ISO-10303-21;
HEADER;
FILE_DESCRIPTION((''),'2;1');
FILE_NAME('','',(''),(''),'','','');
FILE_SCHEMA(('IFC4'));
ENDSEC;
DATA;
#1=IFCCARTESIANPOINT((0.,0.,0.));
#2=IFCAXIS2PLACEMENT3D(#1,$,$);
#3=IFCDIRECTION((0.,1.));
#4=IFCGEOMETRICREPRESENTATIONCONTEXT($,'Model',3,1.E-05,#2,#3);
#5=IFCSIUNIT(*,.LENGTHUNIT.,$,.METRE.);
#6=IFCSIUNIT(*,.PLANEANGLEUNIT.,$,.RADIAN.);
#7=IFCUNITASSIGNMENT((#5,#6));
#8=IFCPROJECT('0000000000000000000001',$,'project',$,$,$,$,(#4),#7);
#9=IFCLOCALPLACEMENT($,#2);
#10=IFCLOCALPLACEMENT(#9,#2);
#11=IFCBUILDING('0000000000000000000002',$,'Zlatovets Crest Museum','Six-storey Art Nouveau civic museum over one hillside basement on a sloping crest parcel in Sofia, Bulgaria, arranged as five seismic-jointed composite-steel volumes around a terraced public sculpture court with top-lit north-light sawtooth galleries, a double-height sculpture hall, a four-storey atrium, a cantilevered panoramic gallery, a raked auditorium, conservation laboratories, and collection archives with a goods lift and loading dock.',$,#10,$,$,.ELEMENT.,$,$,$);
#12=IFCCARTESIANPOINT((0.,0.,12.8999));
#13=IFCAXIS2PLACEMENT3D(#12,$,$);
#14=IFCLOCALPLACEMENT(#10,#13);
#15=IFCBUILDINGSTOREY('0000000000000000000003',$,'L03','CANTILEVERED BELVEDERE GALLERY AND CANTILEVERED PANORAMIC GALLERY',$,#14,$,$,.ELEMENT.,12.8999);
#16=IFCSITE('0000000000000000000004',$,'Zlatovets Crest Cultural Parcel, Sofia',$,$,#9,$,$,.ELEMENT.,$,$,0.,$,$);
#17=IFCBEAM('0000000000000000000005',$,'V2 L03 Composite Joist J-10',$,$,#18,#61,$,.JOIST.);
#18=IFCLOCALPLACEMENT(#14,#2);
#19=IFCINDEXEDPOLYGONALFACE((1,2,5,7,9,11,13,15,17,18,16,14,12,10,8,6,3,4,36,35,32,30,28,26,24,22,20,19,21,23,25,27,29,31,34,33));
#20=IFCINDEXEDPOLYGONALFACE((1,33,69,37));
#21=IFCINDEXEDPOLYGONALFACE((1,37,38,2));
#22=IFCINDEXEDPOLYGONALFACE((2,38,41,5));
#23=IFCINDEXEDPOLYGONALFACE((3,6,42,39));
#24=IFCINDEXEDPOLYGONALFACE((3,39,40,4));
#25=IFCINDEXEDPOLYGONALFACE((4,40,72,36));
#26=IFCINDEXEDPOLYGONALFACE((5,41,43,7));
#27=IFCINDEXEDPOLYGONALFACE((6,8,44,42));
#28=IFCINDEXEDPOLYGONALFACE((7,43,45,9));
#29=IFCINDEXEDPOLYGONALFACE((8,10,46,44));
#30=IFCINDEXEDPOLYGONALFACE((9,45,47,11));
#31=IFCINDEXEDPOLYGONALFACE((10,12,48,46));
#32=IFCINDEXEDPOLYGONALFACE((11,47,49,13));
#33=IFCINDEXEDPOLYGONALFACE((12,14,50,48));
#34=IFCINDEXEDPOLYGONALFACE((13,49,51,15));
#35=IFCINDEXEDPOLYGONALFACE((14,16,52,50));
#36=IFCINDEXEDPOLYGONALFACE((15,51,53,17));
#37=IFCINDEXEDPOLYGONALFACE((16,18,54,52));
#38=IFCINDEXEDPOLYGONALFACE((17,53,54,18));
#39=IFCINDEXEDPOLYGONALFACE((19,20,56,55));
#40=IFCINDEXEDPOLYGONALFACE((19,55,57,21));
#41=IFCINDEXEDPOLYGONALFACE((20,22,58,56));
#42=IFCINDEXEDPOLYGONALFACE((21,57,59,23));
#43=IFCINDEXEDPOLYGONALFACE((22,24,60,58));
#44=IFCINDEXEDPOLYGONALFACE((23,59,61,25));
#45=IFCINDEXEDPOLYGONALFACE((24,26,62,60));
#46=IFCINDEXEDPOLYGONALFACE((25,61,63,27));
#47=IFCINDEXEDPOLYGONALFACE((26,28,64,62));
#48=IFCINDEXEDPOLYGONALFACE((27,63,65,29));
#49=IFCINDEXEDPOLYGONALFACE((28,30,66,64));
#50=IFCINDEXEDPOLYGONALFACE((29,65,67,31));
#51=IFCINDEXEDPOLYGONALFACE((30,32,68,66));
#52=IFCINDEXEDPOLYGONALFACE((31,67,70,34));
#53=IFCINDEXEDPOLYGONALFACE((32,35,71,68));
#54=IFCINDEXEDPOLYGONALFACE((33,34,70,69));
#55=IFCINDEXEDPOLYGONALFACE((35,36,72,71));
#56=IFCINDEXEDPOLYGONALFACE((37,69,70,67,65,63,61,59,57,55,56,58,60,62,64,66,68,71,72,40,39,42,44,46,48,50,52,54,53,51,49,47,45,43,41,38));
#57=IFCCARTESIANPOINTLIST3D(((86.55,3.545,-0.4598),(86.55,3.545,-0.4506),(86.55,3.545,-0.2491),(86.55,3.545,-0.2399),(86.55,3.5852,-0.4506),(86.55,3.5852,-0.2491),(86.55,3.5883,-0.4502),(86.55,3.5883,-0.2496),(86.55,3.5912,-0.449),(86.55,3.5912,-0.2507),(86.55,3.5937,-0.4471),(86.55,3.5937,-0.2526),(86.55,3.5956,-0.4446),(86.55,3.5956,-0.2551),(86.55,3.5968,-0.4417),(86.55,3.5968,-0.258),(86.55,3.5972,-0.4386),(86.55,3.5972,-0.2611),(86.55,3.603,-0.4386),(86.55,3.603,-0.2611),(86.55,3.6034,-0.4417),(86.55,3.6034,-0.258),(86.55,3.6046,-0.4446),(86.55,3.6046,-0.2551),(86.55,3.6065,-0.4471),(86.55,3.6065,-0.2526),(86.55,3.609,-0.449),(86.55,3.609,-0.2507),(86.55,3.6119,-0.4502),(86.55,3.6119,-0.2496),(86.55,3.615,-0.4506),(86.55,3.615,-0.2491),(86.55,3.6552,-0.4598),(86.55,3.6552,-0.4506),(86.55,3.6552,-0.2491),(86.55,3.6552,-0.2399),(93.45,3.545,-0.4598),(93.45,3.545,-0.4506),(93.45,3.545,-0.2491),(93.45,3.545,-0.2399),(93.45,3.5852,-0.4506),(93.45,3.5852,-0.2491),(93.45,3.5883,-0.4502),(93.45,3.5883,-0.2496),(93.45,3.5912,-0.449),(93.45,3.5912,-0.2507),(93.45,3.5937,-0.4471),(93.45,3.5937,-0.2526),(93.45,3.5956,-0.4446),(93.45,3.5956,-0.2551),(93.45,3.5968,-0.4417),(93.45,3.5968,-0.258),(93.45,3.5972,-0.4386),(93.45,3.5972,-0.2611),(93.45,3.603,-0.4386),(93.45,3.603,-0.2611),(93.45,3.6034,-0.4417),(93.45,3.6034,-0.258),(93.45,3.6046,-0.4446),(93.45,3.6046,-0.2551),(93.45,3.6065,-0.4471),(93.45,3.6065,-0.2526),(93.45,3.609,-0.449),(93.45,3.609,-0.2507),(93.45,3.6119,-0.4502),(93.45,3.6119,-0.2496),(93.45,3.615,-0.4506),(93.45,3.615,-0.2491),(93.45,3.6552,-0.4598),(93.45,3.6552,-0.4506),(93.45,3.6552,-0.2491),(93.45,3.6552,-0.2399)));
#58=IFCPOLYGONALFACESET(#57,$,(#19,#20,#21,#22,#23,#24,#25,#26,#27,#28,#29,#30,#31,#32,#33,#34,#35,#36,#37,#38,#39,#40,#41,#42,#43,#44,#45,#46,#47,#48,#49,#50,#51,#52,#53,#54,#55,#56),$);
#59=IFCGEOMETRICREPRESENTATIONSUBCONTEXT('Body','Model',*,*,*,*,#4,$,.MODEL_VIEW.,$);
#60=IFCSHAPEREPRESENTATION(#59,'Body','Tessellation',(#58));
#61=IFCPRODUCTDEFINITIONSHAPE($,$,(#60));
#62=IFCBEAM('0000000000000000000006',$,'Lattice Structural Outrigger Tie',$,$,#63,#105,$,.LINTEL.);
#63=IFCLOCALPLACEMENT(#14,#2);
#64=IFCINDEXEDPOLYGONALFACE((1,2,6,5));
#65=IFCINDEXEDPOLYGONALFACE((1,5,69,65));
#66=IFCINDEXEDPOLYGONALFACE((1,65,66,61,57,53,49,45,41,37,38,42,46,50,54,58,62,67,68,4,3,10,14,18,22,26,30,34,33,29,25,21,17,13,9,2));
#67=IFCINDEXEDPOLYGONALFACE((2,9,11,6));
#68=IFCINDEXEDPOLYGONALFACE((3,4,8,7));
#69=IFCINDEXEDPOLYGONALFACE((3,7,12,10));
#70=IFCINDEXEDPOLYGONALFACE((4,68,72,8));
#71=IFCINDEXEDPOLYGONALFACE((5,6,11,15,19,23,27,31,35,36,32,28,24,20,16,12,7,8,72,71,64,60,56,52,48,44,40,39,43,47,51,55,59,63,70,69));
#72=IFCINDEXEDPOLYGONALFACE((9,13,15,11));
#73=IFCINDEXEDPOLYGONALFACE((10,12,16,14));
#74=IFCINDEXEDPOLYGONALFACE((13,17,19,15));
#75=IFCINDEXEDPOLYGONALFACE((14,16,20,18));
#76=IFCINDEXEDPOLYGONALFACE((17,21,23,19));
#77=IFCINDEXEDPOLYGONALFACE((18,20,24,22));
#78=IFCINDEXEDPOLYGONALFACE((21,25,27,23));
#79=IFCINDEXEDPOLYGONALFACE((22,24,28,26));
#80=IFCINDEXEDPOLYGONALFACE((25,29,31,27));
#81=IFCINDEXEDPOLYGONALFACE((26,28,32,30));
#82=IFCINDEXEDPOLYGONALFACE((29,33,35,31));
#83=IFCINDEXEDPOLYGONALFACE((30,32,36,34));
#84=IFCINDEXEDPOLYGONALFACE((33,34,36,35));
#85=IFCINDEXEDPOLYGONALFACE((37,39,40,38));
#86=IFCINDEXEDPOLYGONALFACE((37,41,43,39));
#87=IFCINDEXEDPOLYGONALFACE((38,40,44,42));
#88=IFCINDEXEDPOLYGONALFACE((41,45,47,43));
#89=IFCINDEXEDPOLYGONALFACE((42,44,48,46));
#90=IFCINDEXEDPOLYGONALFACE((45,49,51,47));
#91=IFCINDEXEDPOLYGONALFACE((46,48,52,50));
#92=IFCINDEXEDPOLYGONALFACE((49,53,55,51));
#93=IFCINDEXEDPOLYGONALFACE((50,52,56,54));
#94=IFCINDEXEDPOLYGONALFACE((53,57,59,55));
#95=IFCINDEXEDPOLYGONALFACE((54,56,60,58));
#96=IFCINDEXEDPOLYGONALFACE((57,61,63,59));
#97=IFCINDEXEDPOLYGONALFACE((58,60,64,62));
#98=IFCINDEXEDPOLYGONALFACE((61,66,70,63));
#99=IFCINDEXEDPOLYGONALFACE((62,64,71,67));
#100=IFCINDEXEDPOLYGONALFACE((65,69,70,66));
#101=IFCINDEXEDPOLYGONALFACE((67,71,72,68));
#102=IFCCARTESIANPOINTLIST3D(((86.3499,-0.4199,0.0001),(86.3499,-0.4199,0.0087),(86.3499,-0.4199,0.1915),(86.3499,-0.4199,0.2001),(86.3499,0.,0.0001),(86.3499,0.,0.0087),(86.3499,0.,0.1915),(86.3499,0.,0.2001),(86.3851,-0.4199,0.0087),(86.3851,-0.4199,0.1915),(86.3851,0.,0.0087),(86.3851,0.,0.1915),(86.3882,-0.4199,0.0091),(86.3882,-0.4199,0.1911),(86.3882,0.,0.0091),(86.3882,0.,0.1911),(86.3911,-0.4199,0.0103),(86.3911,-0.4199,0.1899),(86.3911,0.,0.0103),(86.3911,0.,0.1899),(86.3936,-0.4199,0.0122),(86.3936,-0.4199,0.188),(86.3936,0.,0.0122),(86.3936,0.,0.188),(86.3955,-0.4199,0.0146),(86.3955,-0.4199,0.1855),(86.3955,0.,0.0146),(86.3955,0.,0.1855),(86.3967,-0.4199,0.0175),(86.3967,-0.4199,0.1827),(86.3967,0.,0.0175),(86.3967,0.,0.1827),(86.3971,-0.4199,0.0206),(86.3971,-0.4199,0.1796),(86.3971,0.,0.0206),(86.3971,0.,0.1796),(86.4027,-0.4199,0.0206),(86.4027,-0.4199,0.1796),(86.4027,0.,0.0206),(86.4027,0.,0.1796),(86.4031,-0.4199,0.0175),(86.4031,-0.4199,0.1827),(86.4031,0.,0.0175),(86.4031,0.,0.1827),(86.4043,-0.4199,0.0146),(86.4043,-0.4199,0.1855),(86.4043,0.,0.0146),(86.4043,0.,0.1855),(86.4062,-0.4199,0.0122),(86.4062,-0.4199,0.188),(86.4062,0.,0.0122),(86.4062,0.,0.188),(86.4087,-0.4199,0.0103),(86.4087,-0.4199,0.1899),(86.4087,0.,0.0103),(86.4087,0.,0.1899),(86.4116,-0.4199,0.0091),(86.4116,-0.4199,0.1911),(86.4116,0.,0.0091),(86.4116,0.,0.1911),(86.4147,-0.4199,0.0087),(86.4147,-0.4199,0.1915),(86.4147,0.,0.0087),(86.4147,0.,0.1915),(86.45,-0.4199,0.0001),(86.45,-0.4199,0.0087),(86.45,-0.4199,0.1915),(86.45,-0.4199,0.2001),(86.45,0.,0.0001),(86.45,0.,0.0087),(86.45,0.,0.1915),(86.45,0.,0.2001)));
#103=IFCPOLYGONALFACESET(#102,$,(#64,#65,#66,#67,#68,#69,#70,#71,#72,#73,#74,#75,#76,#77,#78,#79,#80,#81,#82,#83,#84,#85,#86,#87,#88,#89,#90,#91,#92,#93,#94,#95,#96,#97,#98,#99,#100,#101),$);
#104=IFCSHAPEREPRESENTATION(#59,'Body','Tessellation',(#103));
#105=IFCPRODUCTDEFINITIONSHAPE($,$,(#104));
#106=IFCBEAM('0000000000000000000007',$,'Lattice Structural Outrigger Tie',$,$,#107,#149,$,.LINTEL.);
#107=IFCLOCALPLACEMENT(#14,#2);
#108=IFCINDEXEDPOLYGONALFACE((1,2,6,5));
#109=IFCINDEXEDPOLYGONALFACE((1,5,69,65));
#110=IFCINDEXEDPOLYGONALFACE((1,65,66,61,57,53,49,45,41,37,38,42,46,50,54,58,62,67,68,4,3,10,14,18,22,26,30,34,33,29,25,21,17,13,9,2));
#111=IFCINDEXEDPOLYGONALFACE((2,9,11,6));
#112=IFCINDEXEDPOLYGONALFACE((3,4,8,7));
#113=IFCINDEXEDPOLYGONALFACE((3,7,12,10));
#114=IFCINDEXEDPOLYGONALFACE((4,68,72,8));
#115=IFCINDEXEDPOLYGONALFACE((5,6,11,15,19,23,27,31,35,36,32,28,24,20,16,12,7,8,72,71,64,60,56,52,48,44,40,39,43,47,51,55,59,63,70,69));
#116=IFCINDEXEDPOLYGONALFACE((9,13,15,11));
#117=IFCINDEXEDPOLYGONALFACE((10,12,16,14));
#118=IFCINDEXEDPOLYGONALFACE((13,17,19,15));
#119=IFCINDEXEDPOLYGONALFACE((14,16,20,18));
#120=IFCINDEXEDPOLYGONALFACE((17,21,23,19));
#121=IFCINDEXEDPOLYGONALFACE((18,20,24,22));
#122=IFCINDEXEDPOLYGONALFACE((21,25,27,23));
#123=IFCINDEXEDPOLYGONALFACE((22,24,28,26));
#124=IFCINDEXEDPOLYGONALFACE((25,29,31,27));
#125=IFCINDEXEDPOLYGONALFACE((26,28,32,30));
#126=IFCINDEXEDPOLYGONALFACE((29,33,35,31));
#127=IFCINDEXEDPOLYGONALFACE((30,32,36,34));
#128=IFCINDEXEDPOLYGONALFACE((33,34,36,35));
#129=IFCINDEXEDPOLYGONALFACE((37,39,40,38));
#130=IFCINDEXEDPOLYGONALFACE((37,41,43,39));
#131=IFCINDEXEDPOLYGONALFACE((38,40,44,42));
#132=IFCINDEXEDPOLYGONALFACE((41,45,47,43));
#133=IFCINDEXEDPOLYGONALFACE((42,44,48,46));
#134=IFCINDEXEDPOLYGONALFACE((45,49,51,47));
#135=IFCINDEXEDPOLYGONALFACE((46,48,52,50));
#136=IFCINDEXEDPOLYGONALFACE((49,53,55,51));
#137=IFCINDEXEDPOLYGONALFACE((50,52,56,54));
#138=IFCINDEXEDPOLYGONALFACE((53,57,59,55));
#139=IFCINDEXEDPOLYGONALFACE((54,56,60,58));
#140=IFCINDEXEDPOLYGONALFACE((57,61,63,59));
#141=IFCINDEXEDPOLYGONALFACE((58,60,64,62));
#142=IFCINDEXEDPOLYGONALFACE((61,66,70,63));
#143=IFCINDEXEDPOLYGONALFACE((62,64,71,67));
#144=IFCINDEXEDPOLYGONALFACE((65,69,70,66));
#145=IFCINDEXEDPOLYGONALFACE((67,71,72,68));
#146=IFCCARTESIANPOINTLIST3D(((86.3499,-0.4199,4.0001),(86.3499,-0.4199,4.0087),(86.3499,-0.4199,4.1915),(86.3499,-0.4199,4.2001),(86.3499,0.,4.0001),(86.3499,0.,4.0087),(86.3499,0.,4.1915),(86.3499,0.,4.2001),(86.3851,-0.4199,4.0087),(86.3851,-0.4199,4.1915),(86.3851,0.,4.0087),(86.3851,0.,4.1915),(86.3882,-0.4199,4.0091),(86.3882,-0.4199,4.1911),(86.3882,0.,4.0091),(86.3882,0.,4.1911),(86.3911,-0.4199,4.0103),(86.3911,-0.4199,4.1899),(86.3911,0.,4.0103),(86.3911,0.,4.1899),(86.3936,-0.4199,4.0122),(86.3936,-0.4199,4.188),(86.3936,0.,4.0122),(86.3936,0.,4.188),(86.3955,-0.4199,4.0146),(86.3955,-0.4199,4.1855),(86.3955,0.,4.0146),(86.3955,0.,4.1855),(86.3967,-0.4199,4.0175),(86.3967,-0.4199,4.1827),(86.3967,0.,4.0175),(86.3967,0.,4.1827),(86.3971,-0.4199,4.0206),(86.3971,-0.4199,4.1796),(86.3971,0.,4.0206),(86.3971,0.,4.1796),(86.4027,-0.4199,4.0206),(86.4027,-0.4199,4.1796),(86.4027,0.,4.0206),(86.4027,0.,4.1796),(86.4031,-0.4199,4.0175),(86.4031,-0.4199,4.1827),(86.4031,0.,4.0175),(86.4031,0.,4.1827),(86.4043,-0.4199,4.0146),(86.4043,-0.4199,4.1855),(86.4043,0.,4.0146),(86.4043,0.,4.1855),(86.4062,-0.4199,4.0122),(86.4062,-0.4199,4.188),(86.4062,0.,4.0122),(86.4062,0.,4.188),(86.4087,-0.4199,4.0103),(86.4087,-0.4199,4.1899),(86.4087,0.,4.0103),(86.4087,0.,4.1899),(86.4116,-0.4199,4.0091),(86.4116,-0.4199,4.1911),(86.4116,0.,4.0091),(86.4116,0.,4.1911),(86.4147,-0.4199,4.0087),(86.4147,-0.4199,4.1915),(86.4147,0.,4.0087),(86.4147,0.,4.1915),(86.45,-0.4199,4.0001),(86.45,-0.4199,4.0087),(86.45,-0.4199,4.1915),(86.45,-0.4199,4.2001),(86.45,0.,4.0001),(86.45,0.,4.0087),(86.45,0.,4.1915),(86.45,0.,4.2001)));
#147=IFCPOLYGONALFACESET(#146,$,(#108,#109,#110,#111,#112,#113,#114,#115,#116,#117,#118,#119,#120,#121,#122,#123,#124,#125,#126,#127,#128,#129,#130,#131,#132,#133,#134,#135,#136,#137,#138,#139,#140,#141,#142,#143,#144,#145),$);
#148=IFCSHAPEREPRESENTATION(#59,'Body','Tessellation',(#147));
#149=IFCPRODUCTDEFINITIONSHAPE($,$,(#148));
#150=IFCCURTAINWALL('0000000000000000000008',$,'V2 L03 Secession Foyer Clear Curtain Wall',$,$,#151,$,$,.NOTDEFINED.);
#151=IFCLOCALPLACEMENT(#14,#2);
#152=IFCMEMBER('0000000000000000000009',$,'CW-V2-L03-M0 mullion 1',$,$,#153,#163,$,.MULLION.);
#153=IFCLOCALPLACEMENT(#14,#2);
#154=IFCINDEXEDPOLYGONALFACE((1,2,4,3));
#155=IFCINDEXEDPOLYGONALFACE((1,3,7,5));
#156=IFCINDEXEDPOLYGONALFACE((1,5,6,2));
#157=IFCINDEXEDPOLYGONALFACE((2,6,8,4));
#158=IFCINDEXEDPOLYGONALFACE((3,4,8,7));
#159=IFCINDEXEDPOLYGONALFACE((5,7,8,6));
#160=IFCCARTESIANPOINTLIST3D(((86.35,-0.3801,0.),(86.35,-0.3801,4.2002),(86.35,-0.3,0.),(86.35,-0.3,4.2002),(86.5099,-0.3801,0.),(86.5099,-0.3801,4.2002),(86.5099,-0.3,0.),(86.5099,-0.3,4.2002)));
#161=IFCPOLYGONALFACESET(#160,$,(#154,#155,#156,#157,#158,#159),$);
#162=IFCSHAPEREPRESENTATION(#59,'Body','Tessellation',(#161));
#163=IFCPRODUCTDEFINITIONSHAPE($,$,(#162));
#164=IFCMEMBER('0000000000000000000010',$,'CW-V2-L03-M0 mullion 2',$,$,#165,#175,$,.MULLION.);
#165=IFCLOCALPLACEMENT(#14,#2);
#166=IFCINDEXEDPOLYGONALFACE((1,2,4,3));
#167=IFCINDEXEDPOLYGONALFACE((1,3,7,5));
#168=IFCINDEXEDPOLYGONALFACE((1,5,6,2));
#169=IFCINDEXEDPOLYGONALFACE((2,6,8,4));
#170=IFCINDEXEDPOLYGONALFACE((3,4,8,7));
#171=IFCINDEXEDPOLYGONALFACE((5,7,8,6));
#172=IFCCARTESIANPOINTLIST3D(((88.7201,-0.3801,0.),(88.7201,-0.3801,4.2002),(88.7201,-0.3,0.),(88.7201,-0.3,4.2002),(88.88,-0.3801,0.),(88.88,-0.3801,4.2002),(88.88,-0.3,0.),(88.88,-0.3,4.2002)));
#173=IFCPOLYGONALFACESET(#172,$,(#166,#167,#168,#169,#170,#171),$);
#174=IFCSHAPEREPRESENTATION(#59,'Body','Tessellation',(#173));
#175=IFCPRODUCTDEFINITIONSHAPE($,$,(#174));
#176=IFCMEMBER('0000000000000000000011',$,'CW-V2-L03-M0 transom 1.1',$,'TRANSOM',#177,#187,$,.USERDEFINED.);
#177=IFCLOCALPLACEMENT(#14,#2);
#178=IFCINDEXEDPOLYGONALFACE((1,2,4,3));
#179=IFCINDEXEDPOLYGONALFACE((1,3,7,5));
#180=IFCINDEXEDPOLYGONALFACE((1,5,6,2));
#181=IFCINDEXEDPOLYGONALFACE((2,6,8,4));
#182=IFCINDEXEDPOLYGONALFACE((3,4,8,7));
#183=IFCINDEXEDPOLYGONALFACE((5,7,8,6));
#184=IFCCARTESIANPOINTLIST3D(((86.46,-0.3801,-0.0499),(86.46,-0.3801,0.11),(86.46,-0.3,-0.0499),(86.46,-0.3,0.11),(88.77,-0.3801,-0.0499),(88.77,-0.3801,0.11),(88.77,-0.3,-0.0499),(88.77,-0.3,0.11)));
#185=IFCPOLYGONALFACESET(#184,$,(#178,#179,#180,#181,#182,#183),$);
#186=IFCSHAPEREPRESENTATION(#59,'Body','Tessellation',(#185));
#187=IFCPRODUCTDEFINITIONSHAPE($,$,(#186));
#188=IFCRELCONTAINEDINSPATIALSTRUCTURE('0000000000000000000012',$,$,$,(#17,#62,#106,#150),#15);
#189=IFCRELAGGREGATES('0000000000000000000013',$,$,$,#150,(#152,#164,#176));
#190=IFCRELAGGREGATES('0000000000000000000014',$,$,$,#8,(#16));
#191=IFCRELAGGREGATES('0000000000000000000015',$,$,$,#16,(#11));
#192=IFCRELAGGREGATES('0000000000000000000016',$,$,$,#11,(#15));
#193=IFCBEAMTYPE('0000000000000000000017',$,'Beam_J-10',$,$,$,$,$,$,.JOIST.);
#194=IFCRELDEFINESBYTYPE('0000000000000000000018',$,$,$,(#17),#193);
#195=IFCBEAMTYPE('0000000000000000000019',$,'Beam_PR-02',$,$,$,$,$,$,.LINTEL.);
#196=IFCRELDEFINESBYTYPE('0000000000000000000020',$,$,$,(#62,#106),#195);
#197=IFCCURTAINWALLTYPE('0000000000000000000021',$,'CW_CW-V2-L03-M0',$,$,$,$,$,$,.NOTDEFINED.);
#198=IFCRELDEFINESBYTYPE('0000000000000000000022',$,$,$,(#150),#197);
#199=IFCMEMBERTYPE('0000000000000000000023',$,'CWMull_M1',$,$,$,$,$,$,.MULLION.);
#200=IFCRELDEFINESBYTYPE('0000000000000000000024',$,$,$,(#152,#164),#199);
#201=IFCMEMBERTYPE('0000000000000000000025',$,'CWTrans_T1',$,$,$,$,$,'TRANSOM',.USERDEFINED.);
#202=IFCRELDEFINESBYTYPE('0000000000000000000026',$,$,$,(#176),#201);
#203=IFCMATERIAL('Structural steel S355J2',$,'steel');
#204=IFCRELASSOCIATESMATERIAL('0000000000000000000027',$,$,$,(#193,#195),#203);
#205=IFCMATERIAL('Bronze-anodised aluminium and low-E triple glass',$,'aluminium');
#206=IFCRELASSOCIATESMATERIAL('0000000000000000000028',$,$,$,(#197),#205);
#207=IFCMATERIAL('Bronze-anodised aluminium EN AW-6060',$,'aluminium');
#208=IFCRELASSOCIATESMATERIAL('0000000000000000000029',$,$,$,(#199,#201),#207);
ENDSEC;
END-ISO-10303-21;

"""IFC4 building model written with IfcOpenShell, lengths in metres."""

from ifc_helpers import new_model, si_unit, direction, frame, origin, origin_2d, place, context, subcontext, project, spatial, rectangle, i_section, extrude, material, material_profile, profile_set, type_object, element, aggregate, save


model = new_model("IFC4")

# Units and contexts
model_context = context("Model", 3, precision=1e-05, world=origin(), true_north=direction((0.0, 1.0)))
body_context = subcontext(model_context, "Body", "Model", "MODEL_VIEW")
ifc_project = project(units=[si_unit("LENGTHUNIT", "METRE"), si_unit("PLANEANGLEUNIT", "RADIAN")], contexts=[model_context])

# Site, building, storey
site_placement = place(None, origin())
site = spatial("IfcSite", under=ifc_project, at=site_placement, Name="Zlatovets Crest Cultural Parcel, Sofia", CompositionType="ELEMENT", RefElevation=0.0)
building_placement = place(site_placement, origin())
building = spatial("IfcBuilding", under=site, at=building_placement, Name="Zlatovets Crest Museum", Description="Six-storey Art Nouveau civic museum over one hillside basement on a sloping crest parcel in Sofia, Bulgaria, arranged as five seismic-jointed composite-steel volumes around a terraced public sculpture court with top-lit north-light sawtooth galleries, a double-height sculpture hall, a four-storey atrium, a cantilevered panoramic gallery, a raked auditorium, conservation laboratories, and collection archives with a goods lift and loading dock.", CompositionType="ELEMENT")
storey_placement = place(building_placement, frame((0.0, 0.0, 12.8999)))
storey = spatial("IfcBuildingStorey", under=building, at=storey_placement, Name="L03", Description="CANTILEVERED BELVEDERE GALLERY AND CANTILEVERED PANORAMIC GALLERY", CompositionType="ELEMENT", Elevation=12.8999)

# Shared definitions
ifc_material_1 = material(Name="Structural steel S355J2", Category="steel")

# Beams
ifc_material_profile_1 = material_profile(ifc_material_1, i_section(OverallWidth=0.1101, OverallDepth=0.22, WebThickness=0.0059, FlangeThickness=0.0093, FilletRadius=0.012, at=origin_2d()), Name="IPE 220")
ifc_profile_set_1 = profile_set([ifc_material_profile_1], Name="Structural steel S355J2")
beam_type_1 = type_object("IfcBeamType", Name="Beam_J-10", PredefinedType="JOIST", material=ifc_profile_set_1)
beam_1_placement = place(storey_placement, frame((86.55, 3.6001, -0.3499), z_axis=(1.0, 0.0, 0.0), x_axis=(0.0, 1.0, 0.0)))
element("IfcBeam", 1, at=beam_1_placement, inside=storey, type_object=beam_type_1, Name="V2 L03 Composite Joist J-10", PredefinedType="JOIST", context=body_context, shape_type="SweptSolid", body=[
    extrude(i_section(OverallWidth=0.1101, OverallDepth=0.22, WebThickness=0.0059, FlangeThickness=0.0093, FilletRadius=0.012, at=origin_2d()), origin(), (0.0, 0.0, 1.0), 6.8999),
])
ifc_material_profile_2 = material_profile(ifc_material_1, i_section(OverallWidth=0.1001, OverallDepth=0.2, WebThickness=0.0056, FlangeThickness=0.0085, FilletRadius=0.012, at=origin_2d()), Name="IPE 200")
ifc_profile_set_2 = profile_set([ifc_material_profile_2], Name="Structural steel S355J2")
beam_type_2 = type_object("IfcBeamType", Name="Beam_PR-02", PredefinedType="LINTEL", material=ifc_profile_set_2)
for number, where, z_axis, x_axis, name in (
    (2, (86.3999, 0.0, 0.1001), (0.0, -1.0, 0.0), (1.0, 0.0, 0.0), "Lattice Structural Outrigger Tie"),
    (3, (86.3999, 0.0, 4.1001), (0.0, -1.0, 0.0), (1.0, 0.0, 0.0), "Lattice Structural Outrigger Tie"),
):
    element("IfcBeam", number, at=place(storey_placement, frame(where, z_axis=z_axis, x_axis=x_axis)), inside=storey, type_object=beam_type_2, Name=name, PredefinedType="LINTEL", context=body_context, shape_type="SweptSolid", body=[
        extrude(i_section(OverallWidth=0.1001, OverallDepth=0.2, WebThickness=0.0056, FlangeThickness=0.0085, FilletRadius=0.012, at=origin_2d()), origin(), (0.0, 0.0, 1.0), 0.4199),
    ])

# Curtain wall, members
ifc_material_2 = material(Name="Bronze-anodised aluminium and low-E triple glass", Category="aluminium")
curtain_wall_type = type_object("IfcCurtainWallType", Name="CW_CW-V2-L03-M0", PredefinedType="NOTDEFINED", material=ifc_material_2)
curtain_wall_placement = place(storey_placement, origin())
curtain_wall = element("IfcCurtainWall", 4, at=curtain_wall_placement, inside=storey, type_object=curtain_wall_type, Name="V2 L03 Secession Foyer Clear Curtain Wall", PredefinedType="NOTDEFINED")
ifc_material_3 = material(Name="Bronze-anodised aluminium EN AW-6060", Category="aluminium")
ifc_material_profile_3 = material_profile(ifc_material_3, rectangle(XDim=0.0801, YDim=0.1599, at=origin_2d()), Name="ALU 80x160")
ifc_profile_set_3 = profile_set([ifc_material_profile_3], Name="Bronze-anodised aluminium EN AW-6060")
member_type_1 = type_object("IfcMemberType", Name="CWMull_M1", PredefinedType="MULLION", material=ifc_profile_set_3)
member_1_placement = place(storey_placement, frame((86.4299, -0.3401, 0.0), z_axis=(0.0, 0.0, 1.0), x_axis=(0.0, 1.0, 0.0)))
member_1 = element("IfcMember", 5, at=member_1_placement, type_object=member_type_1, Name="CW-V2-L03-M0 mullion 1", PredefinedType="MULLION", context=body_context, shape_type="SweptSolid", body=[
    extrude(rectangle(XDim=0.0801, YDim=0.1599, at=origin_2d()), origin(), (0.0, 0.0, 1.0), 4.2002),
])
member_2_placement = place(storey_placement, frame((88.8, -0.3401, 0.0), z_axis=(0.0, 0.0, 1.0), x_axis=(0.0, 1.0, 0.0)))
member_2 = element("IfcMember", 6, at=member_2_placement, type_object=member_type_1, Name="CW-V2-L03-M0 mullion 2", PredefinedType="MULLION", context=body_context, shape_type="SweptSolid", body=[
    extrude(rectangle(XDim=0.0801, YDim=0.1599, at=origin_2d()), origin(), (0.0, 0.0, 1.0), 4.2002),
])
ifc_material_profile_4 = material_profile(ifc_material_3, rectangle(XDim=0.0801, YDim=0.1599, at=origin_2d()), Name="ALU 80x160")
ifc_profile_set_4 = profile_set([ifc_material_profile_4], Name="Bronze-anodised aluminium EN AW-6060")
member_type_2 = type_object("IfcMemberType", Name="CWTrans_T1", ElementType="TRANSOM", PredefinedType="USERDEFINED", material=ifc_profile_set_4)
member_3_placement = place(storey_placement, frame((86.46, -0.3401, 0.03), z_axis=(1.0, 0.0, 0.0), x_axis=(0.0, 1.0, 0.0)))
member_3 = element("IfcMember", 7, at=member_3_placement, type_object=member_type_2, Name="CW-V2-L03-M0 transom 1.1", ObjectType="TRANSOM", PredefinedType="USERDEFINED", context=body_context, shape_type="SweptSolid", body=[
    extrude(rectangle(XDim=0.0801, YDim=0.1599, at=origin_2d()), origin(), (0.0, 0.0, 1.0), 2.3101),
])

aggregate(curtain_wall, [member_1, member_2, member_3])

save(model, "model.ifc")
